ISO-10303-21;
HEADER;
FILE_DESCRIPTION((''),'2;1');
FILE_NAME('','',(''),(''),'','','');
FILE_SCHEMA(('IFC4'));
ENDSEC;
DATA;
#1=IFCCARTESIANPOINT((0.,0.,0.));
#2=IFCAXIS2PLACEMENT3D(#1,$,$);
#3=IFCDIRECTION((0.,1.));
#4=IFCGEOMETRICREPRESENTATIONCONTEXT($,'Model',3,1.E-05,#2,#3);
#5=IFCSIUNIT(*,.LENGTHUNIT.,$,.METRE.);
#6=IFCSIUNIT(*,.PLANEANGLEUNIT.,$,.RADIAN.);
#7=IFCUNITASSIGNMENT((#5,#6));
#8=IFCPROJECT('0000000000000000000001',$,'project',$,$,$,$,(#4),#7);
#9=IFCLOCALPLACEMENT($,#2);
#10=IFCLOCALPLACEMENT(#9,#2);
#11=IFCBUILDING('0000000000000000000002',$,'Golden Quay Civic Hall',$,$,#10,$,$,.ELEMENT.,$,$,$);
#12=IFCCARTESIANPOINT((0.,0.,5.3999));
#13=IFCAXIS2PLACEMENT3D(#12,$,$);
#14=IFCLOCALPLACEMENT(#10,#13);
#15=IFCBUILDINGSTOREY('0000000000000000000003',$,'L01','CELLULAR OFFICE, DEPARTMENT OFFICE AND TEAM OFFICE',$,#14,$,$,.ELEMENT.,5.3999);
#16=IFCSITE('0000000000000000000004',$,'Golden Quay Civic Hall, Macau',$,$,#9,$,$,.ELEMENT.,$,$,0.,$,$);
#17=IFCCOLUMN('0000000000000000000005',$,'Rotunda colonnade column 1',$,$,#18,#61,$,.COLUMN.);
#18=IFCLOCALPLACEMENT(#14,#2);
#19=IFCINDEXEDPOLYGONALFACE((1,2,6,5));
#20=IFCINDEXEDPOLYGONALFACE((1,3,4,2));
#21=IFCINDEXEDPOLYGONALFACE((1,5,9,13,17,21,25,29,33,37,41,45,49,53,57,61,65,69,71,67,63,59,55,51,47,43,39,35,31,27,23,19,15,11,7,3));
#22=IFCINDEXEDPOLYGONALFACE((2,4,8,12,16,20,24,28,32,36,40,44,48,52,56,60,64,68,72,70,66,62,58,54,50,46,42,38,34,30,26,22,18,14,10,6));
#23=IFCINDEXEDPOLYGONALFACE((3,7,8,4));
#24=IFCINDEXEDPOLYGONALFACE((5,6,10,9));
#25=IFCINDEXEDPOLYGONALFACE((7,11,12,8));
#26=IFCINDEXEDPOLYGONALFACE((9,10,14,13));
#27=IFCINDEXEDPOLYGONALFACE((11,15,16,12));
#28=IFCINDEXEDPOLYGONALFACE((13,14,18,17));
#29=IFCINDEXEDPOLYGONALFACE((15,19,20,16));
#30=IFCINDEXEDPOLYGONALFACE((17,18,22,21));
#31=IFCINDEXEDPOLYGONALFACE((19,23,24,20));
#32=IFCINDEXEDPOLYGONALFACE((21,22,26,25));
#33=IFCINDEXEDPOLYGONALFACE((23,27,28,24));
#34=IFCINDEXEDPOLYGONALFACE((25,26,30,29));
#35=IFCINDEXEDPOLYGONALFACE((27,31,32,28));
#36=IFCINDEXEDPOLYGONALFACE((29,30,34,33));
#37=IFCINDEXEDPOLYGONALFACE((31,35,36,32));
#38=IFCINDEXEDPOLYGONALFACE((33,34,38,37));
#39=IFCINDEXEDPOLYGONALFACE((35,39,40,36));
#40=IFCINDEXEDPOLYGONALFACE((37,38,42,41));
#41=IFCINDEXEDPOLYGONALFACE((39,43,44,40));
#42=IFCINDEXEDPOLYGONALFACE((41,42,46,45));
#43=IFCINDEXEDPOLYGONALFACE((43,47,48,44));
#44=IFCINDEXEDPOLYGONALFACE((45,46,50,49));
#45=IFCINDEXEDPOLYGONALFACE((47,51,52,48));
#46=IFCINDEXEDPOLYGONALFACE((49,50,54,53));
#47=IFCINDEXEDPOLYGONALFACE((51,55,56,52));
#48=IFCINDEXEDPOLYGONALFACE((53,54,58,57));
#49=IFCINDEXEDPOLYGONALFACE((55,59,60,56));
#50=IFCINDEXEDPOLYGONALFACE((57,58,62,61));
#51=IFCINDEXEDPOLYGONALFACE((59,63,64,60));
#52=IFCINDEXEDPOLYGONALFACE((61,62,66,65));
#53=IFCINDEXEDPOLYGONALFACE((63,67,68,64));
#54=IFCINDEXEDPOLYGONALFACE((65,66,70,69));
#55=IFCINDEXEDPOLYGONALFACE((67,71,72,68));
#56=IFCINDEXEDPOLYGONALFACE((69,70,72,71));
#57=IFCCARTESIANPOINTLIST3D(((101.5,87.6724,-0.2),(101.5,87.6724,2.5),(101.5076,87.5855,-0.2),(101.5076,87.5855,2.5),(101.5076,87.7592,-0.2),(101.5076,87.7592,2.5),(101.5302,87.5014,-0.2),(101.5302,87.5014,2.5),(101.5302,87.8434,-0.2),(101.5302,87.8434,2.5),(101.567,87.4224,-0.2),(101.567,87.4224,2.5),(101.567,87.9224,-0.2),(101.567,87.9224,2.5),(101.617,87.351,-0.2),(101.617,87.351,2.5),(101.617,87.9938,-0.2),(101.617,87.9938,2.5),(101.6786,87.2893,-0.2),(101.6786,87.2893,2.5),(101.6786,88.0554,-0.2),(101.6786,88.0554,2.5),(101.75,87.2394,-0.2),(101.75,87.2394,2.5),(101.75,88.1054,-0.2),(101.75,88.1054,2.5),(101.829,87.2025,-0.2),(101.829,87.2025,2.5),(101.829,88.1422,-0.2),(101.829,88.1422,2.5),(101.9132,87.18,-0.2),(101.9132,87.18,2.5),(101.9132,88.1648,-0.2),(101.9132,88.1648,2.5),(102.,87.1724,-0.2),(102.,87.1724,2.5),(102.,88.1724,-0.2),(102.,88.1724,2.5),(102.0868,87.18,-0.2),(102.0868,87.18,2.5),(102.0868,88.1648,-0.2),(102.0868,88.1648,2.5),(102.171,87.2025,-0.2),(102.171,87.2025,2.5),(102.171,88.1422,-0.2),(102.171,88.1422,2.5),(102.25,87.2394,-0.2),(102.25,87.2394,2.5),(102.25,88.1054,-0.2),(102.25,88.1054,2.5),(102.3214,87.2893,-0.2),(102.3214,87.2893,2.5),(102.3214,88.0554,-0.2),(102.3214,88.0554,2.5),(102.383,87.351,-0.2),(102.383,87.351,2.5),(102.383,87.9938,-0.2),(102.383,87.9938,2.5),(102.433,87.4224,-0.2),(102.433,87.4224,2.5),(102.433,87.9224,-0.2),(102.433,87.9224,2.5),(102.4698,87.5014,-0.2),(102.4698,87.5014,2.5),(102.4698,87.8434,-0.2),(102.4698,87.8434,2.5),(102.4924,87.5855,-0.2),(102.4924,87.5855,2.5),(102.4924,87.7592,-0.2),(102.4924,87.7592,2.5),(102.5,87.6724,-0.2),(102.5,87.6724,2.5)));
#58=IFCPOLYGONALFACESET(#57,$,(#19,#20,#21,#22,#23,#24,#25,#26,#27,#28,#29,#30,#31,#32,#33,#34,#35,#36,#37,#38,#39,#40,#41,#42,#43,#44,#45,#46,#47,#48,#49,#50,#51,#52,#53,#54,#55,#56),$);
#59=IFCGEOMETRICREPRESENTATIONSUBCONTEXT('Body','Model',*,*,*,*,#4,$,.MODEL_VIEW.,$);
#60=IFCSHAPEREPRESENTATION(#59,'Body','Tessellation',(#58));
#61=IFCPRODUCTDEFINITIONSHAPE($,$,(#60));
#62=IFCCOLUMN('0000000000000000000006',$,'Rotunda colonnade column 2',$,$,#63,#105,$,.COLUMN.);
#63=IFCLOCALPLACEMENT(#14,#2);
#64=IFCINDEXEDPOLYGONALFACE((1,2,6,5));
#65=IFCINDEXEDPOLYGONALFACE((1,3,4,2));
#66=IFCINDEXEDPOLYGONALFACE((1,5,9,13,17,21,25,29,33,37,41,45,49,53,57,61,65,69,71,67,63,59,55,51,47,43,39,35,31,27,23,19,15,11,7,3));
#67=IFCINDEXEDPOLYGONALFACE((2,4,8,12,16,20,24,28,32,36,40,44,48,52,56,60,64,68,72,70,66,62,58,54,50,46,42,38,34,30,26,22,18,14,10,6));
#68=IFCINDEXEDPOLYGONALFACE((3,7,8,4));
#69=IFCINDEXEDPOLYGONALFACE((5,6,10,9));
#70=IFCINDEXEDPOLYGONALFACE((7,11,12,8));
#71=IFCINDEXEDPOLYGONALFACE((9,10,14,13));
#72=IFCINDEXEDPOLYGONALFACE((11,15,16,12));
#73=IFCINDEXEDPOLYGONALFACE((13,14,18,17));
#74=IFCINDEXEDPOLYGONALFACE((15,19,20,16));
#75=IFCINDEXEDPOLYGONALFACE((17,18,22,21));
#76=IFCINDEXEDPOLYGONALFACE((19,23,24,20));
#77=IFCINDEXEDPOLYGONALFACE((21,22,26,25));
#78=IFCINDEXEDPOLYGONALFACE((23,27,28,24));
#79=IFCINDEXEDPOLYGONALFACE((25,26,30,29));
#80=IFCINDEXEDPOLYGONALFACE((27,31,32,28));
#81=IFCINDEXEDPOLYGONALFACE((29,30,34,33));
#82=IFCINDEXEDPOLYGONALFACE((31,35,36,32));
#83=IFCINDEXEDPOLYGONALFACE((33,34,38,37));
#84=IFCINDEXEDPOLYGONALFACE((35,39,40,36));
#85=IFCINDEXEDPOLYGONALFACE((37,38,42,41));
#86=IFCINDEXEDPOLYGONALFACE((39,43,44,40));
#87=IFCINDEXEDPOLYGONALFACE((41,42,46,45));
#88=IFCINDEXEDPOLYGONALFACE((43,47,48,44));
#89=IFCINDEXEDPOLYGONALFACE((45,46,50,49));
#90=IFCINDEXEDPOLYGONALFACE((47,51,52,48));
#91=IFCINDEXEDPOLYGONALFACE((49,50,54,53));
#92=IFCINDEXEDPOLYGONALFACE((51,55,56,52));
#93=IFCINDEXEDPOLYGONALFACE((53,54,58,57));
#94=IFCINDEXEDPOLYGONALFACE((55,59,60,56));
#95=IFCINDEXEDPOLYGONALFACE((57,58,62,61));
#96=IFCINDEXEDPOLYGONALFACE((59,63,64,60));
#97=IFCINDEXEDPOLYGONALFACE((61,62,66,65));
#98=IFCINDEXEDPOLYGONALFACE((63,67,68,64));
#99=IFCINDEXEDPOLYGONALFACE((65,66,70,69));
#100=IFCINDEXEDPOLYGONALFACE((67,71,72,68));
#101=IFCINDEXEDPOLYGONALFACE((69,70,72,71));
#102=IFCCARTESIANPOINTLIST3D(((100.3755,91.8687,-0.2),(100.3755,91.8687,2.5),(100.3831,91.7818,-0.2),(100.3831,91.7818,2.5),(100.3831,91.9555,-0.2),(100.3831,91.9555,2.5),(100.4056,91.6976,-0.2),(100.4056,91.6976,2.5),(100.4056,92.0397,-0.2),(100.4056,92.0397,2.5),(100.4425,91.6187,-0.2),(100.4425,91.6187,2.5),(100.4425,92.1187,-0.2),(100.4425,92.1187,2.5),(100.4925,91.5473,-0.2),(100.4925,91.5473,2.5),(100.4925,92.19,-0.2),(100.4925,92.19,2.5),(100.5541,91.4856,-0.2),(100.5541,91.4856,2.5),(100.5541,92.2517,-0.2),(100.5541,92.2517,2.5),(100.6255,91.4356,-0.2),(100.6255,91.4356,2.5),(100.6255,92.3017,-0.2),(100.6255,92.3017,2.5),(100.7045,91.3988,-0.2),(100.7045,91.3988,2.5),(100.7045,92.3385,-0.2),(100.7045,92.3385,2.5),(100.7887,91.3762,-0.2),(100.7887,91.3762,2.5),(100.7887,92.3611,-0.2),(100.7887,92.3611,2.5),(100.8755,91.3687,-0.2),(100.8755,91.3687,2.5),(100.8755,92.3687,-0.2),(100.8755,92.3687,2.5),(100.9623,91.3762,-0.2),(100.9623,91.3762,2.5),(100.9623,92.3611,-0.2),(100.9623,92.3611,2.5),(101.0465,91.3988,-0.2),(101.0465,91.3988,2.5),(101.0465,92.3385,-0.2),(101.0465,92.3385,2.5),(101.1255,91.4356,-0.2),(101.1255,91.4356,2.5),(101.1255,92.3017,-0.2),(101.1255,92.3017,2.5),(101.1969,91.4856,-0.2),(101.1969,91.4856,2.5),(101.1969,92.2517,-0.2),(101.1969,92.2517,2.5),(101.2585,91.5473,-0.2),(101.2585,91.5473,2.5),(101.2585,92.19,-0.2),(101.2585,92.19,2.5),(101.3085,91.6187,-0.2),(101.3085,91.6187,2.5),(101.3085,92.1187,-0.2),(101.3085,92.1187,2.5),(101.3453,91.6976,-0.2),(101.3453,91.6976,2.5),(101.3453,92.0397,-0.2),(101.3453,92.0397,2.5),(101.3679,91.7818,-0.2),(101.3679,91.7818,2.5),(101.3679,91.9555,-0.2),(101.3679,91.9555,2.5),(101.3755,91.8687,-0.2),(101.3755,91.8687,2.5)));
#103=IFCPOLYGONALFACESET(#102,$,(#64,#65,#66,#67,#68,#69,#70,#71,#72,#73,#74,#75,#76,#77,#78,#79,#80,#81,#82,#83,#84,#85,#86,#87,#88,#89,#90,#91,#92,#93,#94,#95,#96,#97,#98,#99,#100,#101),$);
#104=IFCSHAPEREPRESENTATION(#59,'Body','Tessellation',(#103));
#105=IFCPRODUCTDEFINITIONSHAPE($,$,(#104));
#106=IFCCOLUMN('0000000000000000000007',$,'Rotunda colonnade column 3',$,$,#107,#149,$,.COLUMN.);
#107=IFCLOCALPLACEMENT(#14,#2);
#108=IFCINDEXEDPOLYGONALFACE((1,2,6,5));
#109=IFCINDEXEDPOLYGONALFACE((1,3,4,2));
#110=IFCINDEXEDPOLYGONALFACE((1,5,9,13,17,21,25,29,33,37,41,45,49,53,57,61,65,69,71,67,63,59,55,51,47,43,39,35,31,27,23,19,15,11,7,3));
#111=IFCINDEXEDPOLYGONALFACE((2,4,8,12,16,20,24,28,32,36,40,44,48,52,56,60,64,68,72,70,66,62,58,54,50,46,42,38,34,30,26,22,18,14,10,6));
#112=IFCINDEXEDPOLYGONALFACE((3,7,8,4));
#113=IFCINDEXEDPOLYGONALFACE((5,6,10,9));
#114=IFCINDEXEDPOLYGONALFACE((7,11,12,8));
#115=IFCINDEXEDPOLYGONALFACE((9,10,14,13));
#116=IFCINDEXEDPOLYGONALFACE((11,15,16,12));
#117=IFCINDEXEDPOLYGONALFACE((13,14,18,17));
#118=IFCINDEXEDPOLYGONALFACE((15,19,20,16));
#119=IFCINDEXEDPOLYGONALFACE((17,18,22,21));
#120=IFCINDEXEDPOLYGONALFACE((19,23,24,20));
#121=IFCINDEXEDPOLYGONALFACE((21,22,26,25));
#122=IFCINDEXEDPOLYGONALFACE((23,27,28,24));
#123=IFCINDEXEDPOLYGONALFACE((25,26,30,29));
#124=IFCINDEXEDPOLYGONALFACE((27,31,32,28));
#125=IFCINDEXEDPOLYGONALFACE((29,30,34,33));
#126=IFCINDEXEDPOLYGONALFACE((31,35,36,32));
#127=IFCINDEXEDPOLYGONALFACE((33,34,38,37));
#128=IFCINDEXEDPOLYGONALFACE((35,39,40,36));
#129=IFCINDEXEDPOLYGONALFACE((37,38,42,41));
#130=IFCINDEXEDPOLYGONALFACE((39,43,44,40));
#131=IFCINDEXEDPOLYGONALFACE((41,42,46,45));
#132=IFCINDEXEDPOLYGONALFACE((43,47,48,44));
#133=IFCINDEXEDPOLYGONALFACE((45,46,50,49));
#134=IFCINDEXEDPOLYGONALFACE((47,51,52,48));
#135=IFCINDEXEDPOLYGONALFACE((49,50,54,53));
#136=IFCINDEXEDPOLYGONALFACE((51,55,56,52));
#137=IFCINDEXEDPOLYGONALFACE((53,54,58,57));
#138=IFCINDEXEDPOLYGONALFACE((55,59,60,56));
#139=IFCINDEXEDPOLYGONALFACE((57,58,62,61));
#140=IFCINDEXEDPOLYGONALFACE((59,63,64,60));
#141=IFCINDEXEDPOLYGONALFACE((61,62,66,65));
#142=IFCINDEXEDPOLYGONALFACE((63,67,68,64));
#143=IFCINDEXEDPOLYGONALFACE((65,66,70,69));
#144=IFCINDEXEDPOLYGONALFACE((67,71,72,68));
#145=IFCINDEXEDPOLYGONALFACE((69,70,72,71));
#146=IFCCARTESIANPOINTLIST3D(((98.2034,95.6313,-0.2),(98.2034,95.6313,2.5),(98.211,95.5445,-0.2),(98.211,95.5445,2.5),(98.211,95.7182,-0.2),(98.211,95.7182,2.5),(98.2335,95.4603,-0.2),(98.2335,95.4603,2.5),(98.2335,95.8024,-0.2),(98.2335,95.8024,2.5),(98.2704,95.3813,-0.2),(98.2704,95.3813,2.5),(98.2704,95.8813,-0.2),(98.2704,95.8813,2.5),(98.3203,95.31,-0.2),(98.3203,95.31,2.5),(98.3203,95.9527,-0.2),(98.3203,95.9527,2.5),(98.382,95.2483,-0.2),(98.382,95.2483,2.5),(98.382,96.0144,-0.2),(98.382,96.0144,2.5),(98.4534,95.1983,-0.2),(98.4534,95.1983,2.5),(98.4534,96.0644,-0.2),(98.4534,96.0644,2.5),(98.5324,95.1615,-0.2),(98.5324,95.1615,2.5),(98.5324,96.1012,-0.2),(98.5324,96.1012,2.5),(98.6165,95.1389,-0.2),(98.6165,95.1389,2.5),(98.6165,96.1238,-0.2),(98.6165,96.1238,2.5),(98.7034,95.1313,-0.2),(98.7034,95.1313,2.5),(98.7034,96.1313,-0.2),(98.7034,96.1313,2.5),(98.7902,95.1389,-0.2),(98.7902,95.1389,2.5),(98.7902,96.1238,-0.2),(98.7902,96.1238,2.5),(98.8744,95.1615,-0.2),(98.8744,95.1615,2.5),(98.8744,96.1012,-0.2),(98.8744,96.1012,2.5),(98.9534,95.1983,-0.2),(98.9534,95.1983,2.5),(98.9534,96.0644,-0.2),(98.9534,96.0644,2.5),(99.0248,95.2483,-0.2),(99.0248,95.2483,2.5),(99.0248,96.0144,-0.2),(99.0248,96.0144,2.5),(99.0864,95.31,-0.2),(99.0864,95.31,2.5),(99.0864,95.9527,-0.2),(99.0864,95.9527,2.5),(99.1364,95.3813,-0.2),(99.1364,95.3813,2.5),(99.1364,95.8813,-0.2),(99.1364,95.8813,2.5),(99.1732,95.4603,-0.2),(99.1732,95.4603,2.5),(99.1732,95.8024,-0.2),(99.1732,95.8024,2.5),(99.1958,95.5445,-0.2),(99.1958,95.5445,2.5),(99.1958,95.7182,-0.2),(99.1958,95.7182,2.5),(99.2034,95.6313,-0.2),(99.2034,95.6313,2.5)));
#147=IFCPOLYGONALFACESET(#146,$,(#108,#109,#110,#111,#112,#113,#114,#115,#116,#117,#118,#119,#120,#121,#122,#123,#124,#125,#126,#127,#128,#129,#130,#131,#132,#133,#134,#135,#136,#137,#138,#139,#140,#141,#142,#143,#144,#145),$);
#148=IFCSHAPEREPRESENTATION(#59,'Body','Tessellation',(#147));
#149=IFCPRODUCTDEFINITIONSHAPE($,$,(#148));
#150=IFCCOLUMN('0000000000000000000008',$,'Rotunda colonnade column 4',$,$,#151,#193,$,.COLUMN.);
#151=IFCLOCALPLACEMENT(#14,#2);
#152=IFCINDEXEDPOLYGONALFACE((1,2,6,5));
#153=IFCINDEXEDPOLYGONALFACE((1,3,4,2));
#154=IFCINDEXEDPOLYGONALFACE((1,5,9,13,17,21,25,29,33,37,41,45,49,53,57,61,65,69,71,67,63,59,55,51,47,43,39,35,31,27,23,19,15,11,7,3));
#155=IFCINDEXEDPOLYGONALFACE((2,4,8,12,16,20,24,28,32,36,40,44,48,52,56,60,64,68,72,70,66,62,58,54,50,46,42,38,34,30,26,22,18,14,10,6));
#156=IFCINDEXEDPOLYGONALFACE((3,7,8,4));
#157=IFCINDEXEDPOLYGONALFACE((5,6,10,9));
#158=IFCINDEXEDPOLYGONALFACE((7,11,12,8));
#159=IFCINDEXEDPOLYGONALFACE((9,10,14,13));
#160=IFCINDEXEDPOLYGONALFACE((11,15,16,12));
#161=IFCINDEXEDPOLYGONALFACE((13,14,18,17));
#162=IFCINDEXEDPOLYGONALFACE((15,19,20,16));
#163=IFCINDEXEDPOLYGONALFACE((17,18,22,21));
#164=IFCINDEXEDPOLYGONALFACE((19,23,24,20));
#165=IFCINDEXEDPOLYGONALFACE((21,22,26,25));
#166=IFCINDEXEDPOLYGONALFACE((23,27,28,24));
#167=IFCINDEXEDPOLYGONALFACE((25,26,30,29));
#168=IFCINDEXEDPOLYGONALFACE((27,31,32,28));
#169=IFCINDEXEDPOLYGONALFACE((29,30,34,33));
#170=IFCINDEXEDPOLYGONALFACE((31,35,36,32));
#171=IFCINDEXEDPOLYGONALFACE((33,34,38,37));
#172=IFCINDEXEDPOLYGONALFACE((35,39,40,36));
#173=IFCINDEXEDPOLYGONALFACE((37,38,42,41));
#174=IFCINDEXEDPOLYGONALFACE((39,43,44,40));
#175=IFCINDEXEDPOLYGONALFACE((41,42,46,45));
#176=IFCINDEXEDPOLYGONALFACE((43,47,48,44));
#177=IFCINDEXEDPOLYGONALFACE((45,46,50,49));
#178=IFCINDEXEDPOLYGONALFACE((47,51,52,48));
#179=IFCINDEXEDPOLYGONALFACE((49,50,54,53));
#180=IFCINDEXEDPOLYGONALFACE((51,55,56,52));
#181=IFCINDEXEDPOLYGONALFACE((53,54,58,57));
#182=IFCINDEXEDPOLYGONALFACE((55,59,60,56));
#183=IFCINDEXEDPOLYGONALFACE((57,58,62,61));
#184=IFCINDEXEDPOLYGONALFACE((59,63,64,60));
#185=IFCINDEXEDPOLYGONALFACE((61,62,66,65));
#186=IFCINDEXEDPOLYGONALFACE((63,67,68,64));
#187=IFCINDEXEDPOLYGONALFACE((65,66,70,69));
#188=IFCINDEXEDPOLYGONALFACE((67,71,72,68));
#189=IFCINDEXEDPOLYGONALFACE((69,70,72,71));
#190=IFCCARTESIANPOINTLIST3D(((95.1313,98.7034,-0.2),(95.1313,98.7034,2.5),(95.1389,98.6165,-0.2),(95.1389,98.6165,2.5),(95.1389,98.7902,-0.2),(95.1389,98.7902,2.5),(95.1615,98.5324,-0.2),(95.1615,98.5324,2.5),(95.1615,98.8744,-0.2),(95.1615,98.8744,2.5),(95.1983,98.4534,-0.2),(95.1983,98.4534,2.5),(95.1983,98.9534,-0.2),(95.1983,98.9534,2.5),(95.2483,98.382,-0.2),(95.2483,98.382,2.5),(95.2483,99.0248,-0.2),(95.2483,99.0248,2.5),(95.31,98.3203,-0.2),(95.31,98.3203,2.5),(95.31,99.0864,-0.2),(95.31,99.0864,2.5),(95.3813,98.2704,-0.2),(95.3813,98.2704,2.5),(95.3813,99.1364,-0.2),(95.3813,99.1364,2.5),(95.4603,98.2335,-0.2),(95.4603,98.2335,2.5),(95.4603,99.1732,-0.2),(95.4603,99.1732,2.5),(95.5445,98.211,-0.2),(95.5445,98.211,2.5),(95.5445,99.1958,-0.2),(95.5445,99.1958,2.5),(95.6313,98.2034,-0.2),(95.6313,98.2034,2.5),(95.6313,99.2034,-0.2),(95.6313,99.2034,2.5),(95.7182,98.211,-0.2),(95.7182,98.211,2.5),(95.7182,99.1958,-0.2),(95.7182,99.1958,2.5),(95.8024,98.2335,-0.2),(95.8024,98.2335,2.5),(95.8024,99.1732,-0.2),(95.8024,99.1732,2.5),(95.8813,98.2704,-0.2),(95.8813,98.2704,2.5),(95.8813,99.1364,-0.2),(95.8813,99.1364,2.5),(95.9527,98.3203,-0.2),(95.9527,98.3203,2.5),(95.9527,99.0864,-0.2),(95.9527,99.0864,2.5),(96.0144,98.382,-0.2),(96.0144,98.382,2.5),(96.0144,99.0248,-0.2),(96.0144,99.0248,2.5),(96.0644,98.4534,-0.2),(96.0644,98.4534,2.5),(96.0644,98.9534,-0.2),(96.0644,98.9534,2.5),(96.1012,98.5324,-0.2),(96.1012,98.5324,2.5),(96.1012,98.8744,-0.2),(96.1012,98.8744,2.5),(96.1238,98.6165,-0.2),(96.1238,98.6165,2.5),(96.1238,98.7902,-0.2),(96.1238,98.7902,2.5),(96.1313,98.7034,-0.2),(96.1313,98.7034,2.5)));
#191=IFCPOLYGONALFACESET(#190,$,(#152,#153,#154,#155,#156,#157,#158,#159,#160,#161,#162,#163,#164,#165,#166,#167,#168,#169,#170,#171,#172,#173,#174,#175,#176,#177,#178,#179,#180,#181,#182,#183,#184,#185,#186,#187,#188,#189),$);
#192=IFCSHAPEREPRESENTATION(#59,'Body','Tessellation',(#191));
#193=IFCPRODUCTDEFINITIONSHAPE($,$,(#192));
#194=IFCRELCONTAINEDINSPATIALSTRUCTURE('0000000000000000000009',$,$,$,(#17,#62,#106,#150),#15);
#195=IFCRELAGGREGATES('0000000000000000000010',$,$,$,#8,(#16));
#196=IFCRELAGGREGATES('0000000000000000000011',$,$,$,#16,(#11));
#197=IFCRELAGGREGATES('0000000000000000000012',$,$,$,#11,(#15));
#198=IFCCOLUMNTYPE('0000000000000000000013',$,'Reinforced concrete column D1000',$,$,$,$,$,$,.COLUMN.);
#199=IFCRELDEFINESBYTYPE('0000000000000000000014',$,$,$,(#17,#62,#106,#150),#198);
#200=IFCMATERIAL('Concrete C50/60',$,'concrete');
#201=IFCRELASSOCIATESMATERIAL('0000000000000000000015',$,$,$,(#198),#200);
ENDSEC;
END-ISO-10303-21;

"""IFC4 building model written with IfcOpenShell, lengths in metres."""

from ifc_helpers import new_model, si_unit, direction, frame, origin, origin_2d, place, context, subcontext, project, spatial, circle, extrude, material, material_profile, profile_set, type_object, element, save


model = new_model("IFC4")

# Units and contexts
model_context = context("Model", 3, precision=1e-05, world=origin(), true_north=direction((0.0, 1.0)))
body_context = subcontext(model_context, "Body", "Model", "MODEL_VIEW")
ifc_project = project(units=[si_unit("LENGTHUNIT", "METRE"), si_unit("PLANEANGLEUNIT", "RADIAN")], contexts=[model_context])

# Site, building, storey
site_placement = place(None, origin())
site = spatial("IfcSite", under=ifc_project, at=site_placement, Name="Golden Quay Civic Hall, Macau", CompositionType="ELEMENT", RefElevation=0.0)
building_placement = place(site_placement, origin())
building = spatial("IfcBuilding", under=site, at=building_placement, Name="Golden Quay Civic Hall", CompositionType="ELEMENT")
storey_placement = place(building_placement, frame((0.0, 0.0, 5.3999)))
storey = spatial("IfcBuildingStorey", under=building, at=storey_placement, Name="L01", Description="CELLULAR OFFICE, DEPARTMENT OFFICE AND TEAM OFFICE", CompositionType="ELEMENT", Elevation=5.3999)

# Columns
ifc_material_1 = material(Name="Concrete C50/60", Category="concrete")
ifc_material_profile_1 = material_profile(ifc_material_1, circle(Radius=0.5, at=origin_2d()), Name="RC D1000")
ifc_profile_set_1 = profile_set([ifc_material_profile_1], Name="Concrete C50/60")
column_type_1 = type_object("IfcColumnType", Name="Reinforced concrete column D1000", PredefinedType="COLUMN", material=ifc_profile_set_1)
for number, where, z_axis, x_axis, name in (
    (1, (102.0, 87.6724, -0.2), (0.0, 0.0, 1.0), (1.0, 0.0, 0.0), "Rotunda colonnade column 1"),
    (2, (100.8755, 91.8687, -0.2), (0.0, 0.0, 1.0), (1.0, 0.0, 0.0), "Rotunda colonnade column 2"),
    (3, (98.7034, 95.6313, -0.2), (0.0, 0.0, 1.0), (1.0, 0.0, 0.0), "Rotunda colonnade column 3"),
    (4, (95.6313, 98.7034, -0.2), (0.0, 0.0, 1.0), (1.0, 0.0, 0.0), "Rotunda colonnade column 4"),
):
    element("IfcColumn", number, at=place(storey_placement, frame(where, z_axis=z_axis, x_axis=x_axis)), inside=storey, type_object=column_type_1, Name=name, PredefinedType="COLUMN", context=body_context, shape_type="SweptSolid", body=[
        extrude(circle(Radius=0.5, at=origin_2d()), origin(), (0.0, 0.0, 1.0), 2.7),
    ])

save(model, "model.ifc")
